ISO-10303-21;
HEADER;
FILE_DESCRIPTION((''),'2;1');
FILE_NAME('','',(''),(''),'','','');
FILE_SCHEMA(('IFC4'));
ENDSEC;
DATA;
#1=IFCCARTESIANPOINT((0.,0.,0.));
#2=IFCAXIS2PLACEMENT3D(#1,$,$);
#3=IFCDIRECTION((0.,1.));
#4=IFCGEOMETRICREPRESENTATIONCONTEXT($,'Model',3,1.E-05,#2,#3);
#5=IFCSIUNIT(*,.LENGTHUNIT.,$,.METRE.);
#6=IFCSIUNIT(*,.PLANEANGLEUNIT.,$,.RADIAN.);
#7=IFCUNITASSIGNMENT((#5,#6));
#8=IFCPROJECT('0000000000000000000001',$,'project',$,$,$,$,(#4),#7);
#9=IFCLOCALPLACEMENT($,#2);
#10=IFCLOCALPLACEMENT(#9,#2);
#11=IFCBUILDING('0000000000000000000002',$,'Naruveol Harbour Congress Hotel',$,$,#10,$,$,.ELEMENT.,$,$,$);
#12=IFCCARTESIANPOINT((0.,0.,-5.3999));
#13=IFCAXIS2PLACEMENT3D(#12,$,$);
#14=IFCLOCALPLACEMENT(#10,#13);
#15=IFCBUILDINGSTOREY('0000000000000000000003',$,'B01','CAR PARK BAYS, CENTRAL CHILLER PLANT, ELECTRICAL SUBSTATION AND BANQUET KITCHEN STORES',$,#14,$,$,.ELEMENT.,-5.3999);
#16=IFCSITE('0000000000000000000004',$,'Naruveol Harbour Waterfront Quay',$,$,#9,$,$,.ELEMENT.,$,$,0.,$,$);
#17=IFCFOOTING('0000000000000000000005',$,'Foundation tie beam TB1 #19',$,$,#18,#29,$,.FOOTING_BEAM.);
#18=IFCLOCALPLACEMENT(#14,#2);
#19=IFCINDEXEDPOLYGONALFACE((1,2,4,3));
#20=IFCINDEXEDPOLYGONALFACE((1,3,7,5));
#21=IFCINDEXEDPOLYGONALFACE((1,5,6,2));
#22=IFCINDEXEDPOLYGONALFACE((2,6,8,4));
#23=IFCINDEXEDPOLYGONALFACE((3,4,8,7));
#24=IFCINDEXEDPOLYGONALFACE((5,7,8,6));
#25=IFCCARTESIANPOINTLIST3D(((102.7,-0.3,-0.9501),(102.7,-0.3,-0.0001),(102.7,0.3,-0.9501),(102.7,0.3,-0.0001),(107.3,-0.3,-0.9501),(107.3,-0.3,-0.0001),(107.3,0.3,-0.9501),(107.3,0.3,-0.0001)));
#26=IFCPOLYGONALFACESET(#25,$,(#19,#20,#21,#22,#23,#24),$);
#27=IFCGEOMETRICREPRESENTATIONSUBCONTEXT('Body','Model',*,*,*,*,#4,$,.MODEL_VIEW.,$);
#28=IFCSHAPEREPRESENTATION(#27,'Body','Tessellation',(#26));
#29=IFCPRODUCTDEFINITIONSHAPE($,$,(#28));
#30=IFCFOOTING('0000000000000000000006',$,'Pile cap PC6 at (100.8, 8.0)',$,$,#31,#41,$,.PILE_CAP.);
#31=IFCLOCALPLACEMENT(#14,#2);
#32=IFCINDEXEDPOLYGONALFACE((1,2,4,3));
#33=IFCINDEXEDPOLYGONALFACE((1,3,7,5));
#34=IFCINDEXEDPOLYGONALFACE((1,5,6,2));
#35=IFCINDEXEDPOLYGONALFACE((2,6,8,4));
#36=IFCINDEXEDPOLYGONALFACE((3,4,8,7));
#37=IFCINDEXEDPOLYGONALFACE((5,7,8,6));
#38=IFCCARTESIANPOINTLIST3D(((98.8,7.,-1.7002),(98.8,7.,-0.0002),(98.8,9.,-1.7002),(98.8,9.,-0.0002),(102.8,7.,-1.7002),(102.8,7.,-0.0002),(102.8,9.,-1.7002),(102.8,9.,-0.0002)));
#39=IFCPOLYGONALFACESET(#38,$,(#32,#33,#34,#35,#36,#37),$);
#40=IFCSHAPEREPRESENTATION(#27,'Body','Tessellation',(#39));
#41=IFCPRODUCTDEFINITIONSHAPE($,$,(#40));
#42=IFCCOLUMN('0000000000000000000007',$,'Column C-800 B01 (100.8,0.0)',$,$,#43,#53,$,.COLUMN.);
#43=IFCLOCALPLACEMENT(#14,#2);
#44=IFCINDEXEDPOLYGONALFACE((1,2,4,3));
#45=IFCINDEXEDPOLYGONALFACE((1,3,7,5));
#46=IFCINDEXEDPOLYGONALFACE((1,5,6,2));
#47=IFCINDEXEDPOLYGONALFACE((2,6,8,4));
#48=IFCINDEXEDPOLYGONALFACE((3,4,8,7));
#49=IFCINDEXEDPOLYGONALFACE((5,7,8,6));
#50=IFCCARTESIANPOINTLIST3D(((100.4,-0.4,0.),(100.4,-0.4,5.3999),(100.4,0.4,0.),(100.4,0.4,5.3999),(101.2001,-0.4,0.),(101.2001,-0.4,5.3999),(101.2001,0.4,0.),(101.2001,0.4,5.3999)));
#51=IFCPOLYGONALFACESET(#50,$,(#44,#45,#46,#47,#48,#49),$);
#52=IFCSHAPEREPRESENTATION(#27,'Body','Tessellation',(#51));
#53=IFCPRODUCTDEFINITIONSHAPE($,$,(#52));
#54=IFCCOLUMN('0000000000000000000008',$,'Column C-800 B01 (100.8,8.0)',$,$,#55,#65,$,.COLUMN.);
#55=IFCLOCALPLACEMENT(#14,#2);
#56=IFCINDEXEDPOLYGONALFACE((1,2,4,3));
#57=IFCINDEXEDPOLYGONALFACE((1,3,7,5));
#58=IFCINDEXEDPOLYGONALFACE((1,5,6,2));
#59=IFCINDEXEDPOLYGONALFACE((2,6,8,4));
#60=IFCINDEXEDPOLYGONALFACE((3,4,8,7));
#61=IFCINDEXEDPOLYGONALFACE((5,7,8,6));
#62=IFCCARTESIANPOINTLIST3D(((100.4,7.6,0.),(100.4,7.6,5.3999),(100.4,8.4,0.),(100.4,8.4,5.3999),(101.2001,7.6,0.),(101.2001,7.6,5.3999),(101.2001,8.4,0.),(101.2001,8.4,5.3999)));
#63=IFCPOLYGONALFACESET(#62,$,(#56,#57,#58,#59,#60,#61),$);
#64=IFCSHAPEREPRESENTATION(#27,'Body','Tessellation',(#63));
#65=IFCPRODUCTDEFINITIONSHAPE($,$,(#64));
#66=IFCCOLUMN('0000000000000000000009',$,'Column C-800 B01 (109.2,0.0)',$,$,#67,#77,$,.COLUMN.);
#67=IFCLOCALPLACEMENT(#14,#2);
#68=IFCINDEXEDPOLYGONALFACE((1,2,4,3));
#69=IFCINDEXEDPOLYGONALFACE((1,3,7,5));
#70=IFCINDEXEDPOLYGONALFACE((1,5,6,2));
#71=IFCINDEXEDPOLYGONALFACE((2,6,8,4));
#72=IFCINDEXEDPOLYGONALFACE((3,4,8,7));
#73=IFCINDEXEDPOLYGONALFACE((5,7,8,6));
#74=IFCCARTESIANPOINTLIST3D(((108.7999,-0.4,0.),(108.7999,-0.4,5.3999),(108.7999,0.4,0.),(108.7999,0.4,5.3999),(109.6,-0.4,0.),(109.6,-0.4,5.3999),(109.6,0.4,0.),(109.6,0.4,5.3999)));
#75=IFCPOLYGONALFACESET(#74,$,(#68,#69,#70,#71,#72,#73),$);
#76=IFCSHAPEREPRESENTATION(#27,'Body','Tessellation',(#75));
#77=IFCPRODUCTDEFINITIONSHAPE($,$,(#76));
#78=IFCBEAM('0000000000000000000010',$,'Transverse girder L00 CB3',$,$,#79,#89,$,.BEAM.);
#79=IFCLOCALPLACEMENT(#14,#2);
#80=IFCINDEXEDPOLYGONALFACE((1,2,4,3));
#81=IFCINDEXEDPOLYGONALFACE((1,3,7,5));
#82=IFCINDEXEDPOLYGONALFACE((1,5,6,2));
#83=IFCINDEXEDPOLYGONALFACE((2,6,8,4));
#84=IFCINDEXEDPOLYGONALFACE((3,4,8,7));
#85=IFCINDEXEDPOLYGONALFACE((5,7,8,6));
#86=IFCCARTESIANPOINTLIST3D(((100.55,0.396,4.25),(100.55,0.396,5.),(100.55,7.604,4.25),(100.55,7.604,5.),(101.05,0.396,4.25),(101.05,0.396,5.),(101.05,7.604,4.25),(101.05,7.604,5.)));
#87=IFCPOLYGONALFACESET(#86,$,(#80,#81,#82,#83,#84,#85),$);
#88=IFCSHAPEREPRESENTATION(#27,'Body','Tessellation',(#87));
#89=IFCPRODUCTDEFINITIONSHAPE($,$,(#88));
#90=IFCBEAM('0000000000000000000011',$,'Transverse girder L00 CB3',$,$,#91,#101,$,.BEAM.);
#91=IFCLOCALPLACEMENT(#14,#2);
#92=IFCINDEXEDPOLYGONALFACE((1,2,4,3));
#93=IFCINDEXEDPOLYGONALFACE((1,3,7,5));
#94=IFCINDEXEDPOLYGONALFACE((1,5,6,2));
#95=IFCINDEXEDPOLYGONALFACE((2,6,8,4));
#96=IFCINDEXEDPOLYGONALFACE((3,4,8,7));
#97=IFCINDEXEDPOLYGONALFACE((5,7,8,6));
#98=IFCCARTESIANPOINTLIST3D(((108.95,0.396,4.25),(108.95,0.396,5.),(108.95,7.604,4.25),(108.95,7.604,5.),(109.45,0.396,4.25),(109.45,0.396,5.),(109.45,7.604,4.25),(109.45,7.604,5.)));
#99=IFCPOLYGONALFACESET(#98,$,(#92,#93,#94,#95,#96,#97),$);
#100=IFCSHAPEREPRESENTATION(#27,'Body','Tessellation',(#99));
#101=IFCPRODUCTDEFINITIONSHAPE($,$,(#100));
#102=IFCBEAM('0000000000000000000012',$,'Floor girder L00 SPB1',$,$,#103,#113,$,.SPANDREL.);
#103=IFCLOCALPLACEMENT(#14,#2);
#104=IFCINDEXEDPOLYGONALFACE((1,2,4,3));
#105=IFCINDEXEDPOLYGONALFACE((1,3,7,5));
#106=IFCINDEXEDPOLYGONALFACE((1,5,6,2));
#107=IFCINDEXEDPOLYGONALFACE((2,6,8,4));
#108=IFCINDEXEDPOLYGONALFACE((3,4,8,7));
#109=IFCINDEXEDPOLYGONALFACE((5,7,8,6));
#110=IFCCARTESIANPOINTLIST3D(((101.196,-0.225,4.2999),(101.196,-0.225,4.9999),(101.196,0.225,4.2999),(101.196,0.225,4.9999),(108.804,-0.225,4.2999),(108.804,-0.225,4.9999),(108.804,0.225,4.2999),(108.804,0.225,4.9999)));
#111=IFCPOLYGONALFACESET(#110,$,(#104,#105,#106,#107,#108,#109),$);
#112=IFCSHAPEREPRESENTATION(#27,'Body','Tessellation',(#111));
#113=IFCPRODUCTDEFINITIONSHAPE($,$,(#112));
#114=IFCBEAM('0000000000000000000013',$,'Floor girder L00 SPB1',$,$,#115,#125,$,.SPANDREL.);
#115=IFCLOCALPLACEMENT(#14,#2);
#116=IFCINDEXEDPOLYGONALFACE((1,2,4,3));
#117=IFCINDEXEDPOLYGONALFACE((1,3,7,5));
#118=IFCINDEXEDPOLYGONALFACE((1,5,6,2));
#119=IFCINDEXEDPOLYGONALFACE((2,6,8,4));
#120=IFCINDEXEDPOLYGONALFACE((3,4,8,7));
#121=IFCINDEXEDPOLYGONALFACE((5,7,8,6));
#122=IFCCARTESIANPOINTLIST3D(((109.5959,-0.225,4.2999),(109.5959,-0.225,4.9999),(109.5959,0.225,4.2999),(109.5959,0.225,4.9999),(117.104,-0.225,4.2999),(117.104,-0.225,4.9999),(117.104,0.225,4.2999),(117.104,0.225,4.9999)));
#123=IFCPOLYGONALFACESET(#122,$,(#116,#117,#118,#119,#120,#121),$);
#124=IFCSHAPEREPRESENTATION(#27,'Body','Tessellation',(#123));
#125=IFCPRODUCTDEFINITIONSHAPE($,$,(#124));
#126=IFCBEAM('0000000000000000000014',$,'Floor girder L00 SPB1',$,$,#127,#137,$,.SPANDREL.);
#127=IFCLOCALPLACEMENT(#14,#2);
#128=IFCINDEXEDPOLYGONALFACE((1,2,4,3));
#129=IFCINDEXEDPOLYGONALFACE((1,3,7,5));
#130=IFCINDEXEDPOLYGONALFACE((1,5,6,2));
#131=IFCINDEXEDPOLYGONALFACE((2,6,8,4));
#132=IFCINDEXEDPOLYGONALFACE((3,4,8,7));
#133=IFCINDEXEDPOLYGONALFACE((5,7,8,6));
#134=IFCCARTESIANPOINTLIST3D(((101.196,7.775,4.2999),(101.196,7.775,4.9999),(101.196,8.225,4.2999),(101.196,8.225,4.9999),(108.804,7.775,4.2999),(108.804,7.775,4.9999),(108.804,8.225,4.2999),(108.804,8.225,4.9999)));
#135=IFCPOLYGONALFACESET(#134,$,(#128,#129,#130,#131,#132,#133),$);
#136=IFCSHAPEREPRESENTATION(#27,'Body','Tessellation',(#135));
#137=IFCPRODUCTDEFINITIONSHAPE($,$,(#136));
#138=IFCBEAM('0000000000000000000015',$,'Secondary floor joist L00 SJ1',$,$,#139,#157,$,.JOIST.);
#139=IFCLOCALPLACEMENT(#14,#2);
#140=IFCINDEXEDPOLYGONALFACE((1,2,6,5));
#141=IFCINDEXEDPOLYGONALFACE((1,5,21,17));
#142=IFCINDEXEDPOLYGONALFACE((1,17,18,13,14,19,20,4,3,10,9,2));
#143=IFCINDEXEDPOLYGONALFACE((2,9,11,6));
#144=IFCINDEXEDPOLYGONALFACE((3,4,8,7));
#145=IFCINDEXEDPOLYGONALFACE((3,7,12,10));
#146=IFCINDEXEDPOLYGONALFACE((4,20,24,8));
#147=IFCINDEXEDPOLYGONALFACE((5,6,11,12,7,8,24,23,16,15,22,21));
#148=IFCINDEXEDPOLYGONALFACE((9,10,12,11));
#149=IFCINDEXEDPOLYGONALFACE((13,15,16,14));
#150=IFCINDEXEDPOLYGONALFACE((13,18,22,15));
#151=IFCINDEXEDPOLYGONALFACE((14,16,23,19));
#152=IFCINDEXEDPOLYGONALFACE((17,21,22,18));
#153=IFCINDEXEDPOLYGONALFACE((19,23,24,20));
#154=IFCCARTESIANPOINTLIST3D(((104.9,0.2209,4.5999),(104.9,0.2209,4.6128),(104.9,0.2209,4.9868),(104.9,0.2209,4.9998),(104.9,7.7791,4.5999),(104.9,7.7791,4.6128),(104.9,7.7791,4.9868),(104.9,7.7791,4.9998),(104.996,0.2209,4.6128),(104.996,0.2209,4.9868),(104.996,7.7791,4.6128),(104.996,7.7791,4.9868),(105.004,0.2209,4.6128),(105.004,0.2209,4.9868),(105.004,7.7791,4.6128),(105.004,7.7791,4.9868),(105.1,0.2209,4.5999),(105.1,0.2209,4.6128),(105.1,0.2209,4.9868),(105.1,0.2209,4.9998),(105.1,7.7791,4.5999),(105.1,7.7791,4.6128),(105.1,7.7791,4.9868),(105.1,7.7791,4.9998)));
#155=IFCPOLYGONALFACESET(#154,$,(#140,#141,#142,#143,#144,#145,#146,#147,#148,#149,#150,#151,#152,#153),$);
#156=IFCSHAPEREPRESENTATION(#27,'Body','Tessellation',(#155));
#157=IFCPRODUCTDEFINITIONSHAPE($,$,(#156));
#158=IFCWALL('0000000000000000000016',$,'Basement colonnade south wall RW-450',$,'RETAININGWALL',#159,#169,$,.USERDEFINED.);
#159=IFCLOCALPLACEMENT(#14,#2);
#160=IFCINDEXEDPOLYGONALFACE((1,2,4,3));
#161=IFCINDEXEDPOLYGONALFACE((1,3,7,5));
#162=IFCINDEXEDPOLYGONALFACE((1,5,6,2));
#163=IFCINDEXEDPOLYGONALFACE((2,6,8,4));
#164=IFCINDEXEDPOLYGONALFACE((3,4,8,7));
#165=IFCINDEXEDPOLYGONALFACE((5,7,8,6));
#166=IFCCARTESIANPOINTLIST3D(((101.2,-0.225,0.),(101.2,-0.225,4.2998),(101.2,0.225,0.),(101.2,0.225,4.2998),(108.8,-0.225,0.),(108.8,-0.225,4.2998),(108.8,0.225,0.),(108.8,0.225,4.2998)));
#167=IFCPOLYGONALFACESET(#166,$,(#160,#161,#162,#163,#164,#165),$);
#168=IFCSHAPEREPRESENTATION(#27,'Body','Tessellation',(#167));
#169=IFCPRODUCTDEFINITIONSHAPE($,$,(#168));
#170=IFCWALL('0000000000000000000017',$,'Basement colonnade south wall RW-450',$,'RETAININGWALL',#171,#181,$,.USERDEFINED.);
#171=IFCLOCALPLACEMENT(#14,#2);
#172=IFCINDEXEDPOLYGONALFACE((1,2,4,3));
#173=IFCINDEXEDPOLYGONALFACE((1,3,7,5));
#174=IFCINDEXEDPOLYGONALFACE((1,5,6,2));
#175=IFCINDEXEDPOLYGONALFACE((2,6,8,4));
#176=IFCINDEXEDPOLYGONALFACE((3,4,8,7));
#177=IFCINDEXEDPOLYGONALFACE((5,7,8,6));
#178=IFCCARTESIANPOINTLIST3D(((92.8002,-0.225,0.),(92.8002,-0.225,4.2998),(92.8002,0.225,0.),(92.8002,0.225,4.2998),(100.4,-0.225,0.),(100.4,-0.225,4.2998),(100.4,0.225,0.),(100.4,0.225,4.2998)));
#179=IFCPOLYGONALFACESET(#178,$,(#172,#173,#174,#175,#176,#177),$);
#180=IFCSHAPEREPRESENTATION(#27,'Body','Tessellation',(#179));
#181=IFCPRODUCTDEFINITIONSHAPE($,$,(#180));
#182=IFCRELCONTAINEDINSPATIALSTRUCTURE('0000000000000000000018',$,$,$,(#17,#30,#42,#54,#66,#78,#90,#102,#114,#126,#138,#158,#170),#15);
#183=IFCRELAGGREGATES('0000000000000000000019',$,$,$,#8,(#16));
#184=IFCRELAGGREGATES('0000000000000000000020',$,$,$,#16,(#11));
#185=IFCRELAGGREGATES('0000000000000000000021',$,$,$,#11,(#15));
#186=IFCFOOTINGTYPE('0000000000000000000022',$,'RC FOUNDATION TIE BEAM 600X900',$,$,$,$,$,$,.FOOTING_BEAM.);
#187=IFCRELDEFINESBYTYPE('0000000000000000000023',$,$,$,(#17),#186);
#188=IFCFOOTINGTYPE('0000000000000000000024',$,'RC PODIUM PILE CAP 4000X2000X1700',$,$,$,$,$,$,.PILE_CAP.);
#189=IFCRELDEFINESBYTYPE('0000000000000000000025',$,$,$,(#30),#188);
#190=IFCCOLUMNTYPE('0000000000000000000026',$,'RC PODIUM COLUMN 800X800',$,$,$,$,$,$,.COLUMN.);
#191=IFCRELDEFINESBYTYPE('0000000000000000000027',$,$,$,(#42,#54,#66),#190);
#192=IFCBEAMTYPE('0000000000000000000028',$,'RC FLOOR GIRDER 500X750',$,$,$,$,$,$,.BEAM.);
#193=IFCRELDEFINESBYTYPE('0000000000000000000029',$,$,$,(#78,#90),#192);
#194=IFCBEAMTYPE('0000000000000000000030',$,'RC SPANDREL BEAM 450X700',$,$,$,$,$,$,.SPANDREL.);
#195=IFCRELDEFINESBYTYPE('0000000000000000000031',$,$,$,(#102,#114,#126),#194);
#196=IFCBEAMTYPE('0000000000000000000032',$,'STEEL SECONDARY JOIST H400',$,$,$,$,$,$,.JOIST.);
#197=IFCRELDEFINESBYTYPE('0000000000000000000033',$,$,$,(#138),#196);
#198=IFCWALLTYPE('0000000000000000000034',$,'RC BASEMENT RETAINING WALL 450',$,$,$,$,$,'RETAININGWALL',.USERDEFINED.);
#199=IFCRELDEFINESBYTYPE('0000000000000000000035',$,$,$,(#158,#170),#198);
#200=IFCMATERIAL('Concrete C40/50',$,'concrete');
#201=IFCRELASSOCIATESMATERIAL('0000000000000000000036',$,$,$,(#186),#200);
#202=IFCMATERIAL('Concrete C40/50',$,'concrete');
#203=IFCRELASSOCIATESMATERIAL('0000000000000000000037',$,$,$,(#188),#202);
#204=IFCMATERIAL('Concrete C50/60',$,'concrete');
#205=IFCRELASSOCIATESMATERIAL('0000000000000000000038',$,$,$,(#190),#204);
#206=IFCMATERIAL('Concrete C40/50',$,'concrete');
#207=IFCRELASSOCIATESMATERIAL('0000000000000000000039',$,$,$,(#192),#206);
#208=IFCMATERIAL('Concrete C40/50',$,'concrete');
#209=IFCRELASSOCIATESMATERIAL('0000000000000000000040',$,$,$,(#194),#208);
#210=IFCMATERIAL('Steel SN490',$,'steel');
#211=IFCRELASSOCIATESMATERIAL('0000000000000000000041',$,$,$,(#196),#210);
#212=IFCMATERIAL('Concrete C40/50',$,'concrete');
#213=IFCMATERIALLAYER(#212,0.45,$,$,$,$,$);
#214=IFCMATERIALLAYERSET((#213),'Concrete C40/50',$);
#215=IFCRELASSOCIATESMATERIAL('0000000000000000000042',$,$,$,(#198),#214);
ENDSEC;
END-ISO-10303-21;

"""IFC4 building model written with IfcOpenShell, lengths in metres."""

from ifc_helpers import new_model, si_unit, direction, frame, frame_2d, origin, origin_2d, place, context, subcontext, project, spatial, rectangle, i_section, extrude, material, layer, layer_set, material_profile, profile_set, type_object, element, save


model = new_model("IFC4")

# Units and contexts
model_context = context("Model", 3, precision=1e-05, world=origin(), true_north=direction((0.0, 1.0)))
body_context = subcontext(model_context, "Body", "Model", "MODEL_VIEW")
ifc_project = project(units=[si_unit("LENGTHUNIT", "METRE"), si_unit("PLANEANGLEUNIT", "RADIAN")], contexts=[model_context])

# Site, building, storey
site_placement = place(None, origin())
site = spatial("IfcSite", under=ifc_project, at=site_placement, Name="Naruveol Harbour Waterfront Quay", CompositionType="ELEMENT", RefElevation=0.0)
building_placement = place(site_placement, origin())
building = spatial("IfcBuilding", under=site, at=building_placement, Name="Naruveol Harbour Congress Hotel", CompositionType="ELEMENT")
storey_placement = place(building_placement, frame((0.0, 0.0, -5.3999)))
storey = spatial("IfcBuildingStorey", under=building, at=storey_placement, Name="B01", Description="CAR PARK BAYS, CENTRAL CHILLER PLANT, ELECTRICAL SUBSTATION AND BANQUET KITCHEN STORES", CompositionType="ELEMENT", Elevation=-5.3999)

# Footings
ifc_material_1 = material(Name="Concrete C40/50", Category="concrete")
ifc_material_profile_1 = material_profile(ifc_material_1, rectangle(XDim=0.6001, YDim=0.95, at=origin_2d()), Name="RCB-600x950")
ifc_profile_set_1 = profile_set([ifc_material_profile_1], Name="Concrete C40/50")
footing_type_1 = type_object("IfcFootingType", Name="RC FOUNDATION TIE BEAM 600X900", PredefinedType="FOOTING_BEAM", material=ifc_profile_set_1)
footing_1_placement = place(storey_placement, frame((102.7, 0.0, -0.4751), z_axis=(1.0, 0.0, 0.0), x_axis=(0.0, 1.0, 0.0)))
element("IfcFooting", 1, at=footing_1_placement, inside=storey, type_object=footing_type_1, Name="Foundation tie beam TB1 #19", PredefinedType="FOOTING_BEAM", context=body_context, shape_type="SweptSolid", body=[
    extrude(rectangle(XDim=0.6001, YDim=0.95, at=origin_2d()), origin(), (0.0, 0.0, 1.0), 4.6001),
])
ifc_material_2 = material(Name="Concrete C40/50", Category="concrete")
footing_type_2 = type_object("IfcFootingType", Name="RC PODIUM PILE CAP 4000X2000X1700", PredefinedType="PILE_CAP", material=ifc_material_2)
footing_2_placement = place(storey_placement, frame((100.8, 8.0, -1.7002), z_axis=(0.0, 0.0, 1.0), x_axis=(1.0, 0.0, 0.0)))
element("IfcFooting", 2, at=footing_2_placement, inside=storey, type_object=footing_type_2, Name="Pile cap PC6 at (100.8, 8.0)", PredefinedType="PILE_CAP", context=body_context, shape_type="SweptSolid", body=[
    extrude(rectangle(XDim=4.0, YDim=2.0, at=origin_2d()), origin(), (0.0, 0.0, 1.0), 1.7),
])

# Columns
ifc_material_3 = material(Name="Concrete C50/60", Category="concrete")
ifc_material_profile_2 = material_profile(ifc_material_3, rectangle(XDim=0.8, YDim=0.8, at=origin_2d()), Name="RC-800x800")
ifc_profile_set_2 = profile_set([ifc_material_profile_2], Name="Concrete C50/60")
column_type = type_object("IfcColumnType", Name="RC PODIUM COLUMN 800X800", PredefinedType="COLUMN", material=ifc_profile_set_2)
for number, where, z_axis, x_axis, name in (
    (3, (100.8, 0.0, 0.0), (0.0, 0.0, 1.0), (1.0, 0.0, 0.0), "Column C-800 B01 (100.8,0.0)"),
    (4, (100.8, 8.0, 0.0), (0.0, 0.0, 1.0), (1.0, 0.0, 0.0), "Column C-800 B01 (100.8,8.0)"),
    (5, (109.2, 0.0, 0.0), (0.0, 0.0, 1.0), (1.0, 0.0, 0.0), "Column C-800 B01 (109.2,0.0)"),
):
    element("IfcColumn", number, at=place(storey_placement, frame(where, z_axis=z_axis, x_axis=x_axis)), inside=storey, type_object=column_type, Name=name, PredefinedType="COLUMN", context=body_context, shape_type="SweptSolid", body=[
        extrude(rectangle(XDim=0.8, YDim=0.8, at=origin_2d()), origin(), (0.0, 0.0, 1.0), 5.3999),
    ])

# Beams
ifc_material_4 = material(Name="Concrete C40/50", Category="concrete")
ifc_material_profile_3 = material_profile(ifc_material_4, rectangle(XDim=0.5, YDim=0.75, at=origin_2d()), Name="RCB-500x750")
ifc_profile_set_3 = profile_set([ifc_material_profile_3], Name="Concrete C40/50")
beam_type_1 = type_object("IfcBeamType", Name="RC FLOOR GIRDER 500X750", PredefinedType="BEAM", material=ifc_profile_set_3)
for number, where, z_axis, x_axis, name in (
    (6, (100.8, 0.396, 4.625), (0.0, 1.0, 0.0), (-1.0, 0.0, 0.0), "Transverse girder L00 CB3"),
    (7, (109.2, 0.396, 4.625), (0.0, 1.0, 0.0), (-1.0, 0.0, 0.0), "Transverse girder L00 CB3"),
):
    element("IfcBeam", number, at=place(storey_placement, frame(where, z_axis=z_axis, x_axis=x_axis)), inside=storey, type_object=beam_type_1, Name=name, PredefinedType="BEAM", context=body_context, shape_type="SweptSolid", body=[
        extrude(rectangle(XDim=0.5, YDim=0.75, at=origin_2d()), origin(), (0.0, 0.0, 1.0), 7.208),
    ])
ifc_material_5 = material(Name="Concrete C40/50", Category="concrete")
ifc_material_profile_4 = material_profile(ifc_material_5, rectangle(XDim=0.45, YDim=0.7, at=origin_2d()), Name="RCB-450x700")
ifc_profile_set_4 = profile_set([ifc_material_profile_4], Name="Concrete C40/50")
beam_type_2 = type_object("IfcBeamType", Name="RC SPANDREL BEAM 450X700", PredefinedType="SPANDREL", material=ifc_profile_set_4)
beam_1_placement = place(storey_placement, frame((101.196, 0.0, 4.6499), z_axis=(1.0, 0.0, 0.0), x_axis=(0.0, 1.0, 0.0)))
element("IfcBeam", 8, at=beam_1_placement, inside=storey, type_object=beam_type_2, Name="Floor girder L00 SPB1", PredefinedType="SPANDREL", context=body_context, shape_type="SweptSolid", body=[
    extrude(rectangle(XDim=0.45, YDim=0.7, at=origin_2d()), origin(), (0.0, 0.0, 1.0), 7.6079),
])
beam_2_placement = place(storey_placement, frame((109.5959, 0.0, 4.6499), z_axis=(1.0, 0.0, 0.0), x_axis=(0.0, 1.0, 0.0)))
element("IfcBeam", 9, at=beam_2_placement, inside=storey, type_object=beam_type_2, Name="Floor girder L00 SPB1", PredefinedType="SPANDREL", context=body_context, shape_type="SweptSolid", body=[
    extrude(rectangle(XDim=0.45, YDim=0.7, at=origin_2d()), origin(), (0.0, 0.0, 1.0), 7.5081),
])
beam_3_placement = place(storey_placement, frame((101.196, 8.0, 4.6499), z_axis=(1.0, 0.0, 0.0), x_axis=(0.0, 1.0, 0.0)))
element("IfcBeam", 10, at=beam_3_placement, inside=storey, type_object=beam_type_2, Name="Floor girder L00 SPB1", PredefinedType="SPANDREL", context=body_context, shape_type="SweptSolid", body=[
    extrude(rectangle(XDim=0.45, YDim=0.7, at=origin_2d()), origin(), (0.0, 0.0, 1.0), 7.6079),
])
ifc_material_6 = material(Name="Steel SN490", Category="steel")
ifc_material_profile_5 = material_profile(ifc_material_6, i_section(OverallWidth=0.2, OverallDepth=0.3999, WebThickness=0.0081, FlangeThickness=0.0129, at=origin_2d()), Name="H-400x200x8x13")
ifc_profile_set_5 = profile_set([ifc_material_profile_5], Name="Steel SN490")
beam_type_3 = type_object("IfcBeamType", Name="STEEL SECONDARY JOIST H400", PredefinedType="JOIST", material=ifc_profile_set_5)
beam_4_placement = place(storey_placement, frame((105.0, 0.2209, 4.7998), z_axis=(0.0, 1.0, 0.0), x_axis=(-1.0, 0.0, 0.0)))
element("IfcBeam", 11, at=beam_4_placement, inside=storey, type_object=beam_type_3, Name="Secondary floor joist L00 SJ1", PredefinedType="JOIST", context=body_context, shape_type="SweptSolid", body=[
    extrude(i_section(OverallWidth=0.2, OverallDepth=0.3999, WebThickness=0.0081, FlangeThickness=0.0129, at=origin_2d()), origin(), (0.0, 0.0, 1.0), 7.5581),
])

# Walls
ifc_material_7 = material(Name="Concrete C40/50", Category="concrete")
ifc_layer = layer(ifc_material_7, 0.45)
ifc_layer_set = layer_set([ifc_layer], Name="Concrete C40/50")
wall_type = type_object("IfcWallType", Name="RC BASEMENT RETAINING WALL 450", ElementType="RETAININGWALL", PredefinedType="USERDEFINED", material=ifc_layer_set)
wall_1_placement = place(storey_placement, frame((108.8, 0.0, 0.0), z_axis=(0.0, 0.0, 1.0), x_axis=(-1.0, 0.0, 0.0)))
element("IfcWall", 12, at=wall_1_placement, inside=storey, type_object=wall_type, Name="Basement colonnade south wall RW-450", ObjectType="RETAININGWALL", PredefinedType="USERDEFINED", context=body_context, shape_type="SweptSolid", body=[
    extrude(rectangle(XDim=7.6001, YDim=0.45, at=frame_2d((3.8, 0.0))), origin(), (0.0, 0.0, 1.0), 4.2998),
])
wall_2_placement = place(storey_placement, frame((100.3999, 0.0, 0.0), z_axis=(0.0, 0.0, 1.0), x_axis=(-1.0, 0.0, 0.0)))
element("IfcWall", 13, at=wall_2_placement, inside=storey, type_object=wall_type, Name="Basement colonnade south wall RW-450", ObjectType="RETAININGWALL", PredefinedType="USERDEFINED", context=body_context, shape_type="SweptSolid", body=[
    extrude(rectangle(XDim=7.5999, YDim=0.45, at=frame_2d((3.7998, 0.0))), origin(), (0.0, 0.0, 1.0), 4.2998),
])

save(model, "model.ifc")
